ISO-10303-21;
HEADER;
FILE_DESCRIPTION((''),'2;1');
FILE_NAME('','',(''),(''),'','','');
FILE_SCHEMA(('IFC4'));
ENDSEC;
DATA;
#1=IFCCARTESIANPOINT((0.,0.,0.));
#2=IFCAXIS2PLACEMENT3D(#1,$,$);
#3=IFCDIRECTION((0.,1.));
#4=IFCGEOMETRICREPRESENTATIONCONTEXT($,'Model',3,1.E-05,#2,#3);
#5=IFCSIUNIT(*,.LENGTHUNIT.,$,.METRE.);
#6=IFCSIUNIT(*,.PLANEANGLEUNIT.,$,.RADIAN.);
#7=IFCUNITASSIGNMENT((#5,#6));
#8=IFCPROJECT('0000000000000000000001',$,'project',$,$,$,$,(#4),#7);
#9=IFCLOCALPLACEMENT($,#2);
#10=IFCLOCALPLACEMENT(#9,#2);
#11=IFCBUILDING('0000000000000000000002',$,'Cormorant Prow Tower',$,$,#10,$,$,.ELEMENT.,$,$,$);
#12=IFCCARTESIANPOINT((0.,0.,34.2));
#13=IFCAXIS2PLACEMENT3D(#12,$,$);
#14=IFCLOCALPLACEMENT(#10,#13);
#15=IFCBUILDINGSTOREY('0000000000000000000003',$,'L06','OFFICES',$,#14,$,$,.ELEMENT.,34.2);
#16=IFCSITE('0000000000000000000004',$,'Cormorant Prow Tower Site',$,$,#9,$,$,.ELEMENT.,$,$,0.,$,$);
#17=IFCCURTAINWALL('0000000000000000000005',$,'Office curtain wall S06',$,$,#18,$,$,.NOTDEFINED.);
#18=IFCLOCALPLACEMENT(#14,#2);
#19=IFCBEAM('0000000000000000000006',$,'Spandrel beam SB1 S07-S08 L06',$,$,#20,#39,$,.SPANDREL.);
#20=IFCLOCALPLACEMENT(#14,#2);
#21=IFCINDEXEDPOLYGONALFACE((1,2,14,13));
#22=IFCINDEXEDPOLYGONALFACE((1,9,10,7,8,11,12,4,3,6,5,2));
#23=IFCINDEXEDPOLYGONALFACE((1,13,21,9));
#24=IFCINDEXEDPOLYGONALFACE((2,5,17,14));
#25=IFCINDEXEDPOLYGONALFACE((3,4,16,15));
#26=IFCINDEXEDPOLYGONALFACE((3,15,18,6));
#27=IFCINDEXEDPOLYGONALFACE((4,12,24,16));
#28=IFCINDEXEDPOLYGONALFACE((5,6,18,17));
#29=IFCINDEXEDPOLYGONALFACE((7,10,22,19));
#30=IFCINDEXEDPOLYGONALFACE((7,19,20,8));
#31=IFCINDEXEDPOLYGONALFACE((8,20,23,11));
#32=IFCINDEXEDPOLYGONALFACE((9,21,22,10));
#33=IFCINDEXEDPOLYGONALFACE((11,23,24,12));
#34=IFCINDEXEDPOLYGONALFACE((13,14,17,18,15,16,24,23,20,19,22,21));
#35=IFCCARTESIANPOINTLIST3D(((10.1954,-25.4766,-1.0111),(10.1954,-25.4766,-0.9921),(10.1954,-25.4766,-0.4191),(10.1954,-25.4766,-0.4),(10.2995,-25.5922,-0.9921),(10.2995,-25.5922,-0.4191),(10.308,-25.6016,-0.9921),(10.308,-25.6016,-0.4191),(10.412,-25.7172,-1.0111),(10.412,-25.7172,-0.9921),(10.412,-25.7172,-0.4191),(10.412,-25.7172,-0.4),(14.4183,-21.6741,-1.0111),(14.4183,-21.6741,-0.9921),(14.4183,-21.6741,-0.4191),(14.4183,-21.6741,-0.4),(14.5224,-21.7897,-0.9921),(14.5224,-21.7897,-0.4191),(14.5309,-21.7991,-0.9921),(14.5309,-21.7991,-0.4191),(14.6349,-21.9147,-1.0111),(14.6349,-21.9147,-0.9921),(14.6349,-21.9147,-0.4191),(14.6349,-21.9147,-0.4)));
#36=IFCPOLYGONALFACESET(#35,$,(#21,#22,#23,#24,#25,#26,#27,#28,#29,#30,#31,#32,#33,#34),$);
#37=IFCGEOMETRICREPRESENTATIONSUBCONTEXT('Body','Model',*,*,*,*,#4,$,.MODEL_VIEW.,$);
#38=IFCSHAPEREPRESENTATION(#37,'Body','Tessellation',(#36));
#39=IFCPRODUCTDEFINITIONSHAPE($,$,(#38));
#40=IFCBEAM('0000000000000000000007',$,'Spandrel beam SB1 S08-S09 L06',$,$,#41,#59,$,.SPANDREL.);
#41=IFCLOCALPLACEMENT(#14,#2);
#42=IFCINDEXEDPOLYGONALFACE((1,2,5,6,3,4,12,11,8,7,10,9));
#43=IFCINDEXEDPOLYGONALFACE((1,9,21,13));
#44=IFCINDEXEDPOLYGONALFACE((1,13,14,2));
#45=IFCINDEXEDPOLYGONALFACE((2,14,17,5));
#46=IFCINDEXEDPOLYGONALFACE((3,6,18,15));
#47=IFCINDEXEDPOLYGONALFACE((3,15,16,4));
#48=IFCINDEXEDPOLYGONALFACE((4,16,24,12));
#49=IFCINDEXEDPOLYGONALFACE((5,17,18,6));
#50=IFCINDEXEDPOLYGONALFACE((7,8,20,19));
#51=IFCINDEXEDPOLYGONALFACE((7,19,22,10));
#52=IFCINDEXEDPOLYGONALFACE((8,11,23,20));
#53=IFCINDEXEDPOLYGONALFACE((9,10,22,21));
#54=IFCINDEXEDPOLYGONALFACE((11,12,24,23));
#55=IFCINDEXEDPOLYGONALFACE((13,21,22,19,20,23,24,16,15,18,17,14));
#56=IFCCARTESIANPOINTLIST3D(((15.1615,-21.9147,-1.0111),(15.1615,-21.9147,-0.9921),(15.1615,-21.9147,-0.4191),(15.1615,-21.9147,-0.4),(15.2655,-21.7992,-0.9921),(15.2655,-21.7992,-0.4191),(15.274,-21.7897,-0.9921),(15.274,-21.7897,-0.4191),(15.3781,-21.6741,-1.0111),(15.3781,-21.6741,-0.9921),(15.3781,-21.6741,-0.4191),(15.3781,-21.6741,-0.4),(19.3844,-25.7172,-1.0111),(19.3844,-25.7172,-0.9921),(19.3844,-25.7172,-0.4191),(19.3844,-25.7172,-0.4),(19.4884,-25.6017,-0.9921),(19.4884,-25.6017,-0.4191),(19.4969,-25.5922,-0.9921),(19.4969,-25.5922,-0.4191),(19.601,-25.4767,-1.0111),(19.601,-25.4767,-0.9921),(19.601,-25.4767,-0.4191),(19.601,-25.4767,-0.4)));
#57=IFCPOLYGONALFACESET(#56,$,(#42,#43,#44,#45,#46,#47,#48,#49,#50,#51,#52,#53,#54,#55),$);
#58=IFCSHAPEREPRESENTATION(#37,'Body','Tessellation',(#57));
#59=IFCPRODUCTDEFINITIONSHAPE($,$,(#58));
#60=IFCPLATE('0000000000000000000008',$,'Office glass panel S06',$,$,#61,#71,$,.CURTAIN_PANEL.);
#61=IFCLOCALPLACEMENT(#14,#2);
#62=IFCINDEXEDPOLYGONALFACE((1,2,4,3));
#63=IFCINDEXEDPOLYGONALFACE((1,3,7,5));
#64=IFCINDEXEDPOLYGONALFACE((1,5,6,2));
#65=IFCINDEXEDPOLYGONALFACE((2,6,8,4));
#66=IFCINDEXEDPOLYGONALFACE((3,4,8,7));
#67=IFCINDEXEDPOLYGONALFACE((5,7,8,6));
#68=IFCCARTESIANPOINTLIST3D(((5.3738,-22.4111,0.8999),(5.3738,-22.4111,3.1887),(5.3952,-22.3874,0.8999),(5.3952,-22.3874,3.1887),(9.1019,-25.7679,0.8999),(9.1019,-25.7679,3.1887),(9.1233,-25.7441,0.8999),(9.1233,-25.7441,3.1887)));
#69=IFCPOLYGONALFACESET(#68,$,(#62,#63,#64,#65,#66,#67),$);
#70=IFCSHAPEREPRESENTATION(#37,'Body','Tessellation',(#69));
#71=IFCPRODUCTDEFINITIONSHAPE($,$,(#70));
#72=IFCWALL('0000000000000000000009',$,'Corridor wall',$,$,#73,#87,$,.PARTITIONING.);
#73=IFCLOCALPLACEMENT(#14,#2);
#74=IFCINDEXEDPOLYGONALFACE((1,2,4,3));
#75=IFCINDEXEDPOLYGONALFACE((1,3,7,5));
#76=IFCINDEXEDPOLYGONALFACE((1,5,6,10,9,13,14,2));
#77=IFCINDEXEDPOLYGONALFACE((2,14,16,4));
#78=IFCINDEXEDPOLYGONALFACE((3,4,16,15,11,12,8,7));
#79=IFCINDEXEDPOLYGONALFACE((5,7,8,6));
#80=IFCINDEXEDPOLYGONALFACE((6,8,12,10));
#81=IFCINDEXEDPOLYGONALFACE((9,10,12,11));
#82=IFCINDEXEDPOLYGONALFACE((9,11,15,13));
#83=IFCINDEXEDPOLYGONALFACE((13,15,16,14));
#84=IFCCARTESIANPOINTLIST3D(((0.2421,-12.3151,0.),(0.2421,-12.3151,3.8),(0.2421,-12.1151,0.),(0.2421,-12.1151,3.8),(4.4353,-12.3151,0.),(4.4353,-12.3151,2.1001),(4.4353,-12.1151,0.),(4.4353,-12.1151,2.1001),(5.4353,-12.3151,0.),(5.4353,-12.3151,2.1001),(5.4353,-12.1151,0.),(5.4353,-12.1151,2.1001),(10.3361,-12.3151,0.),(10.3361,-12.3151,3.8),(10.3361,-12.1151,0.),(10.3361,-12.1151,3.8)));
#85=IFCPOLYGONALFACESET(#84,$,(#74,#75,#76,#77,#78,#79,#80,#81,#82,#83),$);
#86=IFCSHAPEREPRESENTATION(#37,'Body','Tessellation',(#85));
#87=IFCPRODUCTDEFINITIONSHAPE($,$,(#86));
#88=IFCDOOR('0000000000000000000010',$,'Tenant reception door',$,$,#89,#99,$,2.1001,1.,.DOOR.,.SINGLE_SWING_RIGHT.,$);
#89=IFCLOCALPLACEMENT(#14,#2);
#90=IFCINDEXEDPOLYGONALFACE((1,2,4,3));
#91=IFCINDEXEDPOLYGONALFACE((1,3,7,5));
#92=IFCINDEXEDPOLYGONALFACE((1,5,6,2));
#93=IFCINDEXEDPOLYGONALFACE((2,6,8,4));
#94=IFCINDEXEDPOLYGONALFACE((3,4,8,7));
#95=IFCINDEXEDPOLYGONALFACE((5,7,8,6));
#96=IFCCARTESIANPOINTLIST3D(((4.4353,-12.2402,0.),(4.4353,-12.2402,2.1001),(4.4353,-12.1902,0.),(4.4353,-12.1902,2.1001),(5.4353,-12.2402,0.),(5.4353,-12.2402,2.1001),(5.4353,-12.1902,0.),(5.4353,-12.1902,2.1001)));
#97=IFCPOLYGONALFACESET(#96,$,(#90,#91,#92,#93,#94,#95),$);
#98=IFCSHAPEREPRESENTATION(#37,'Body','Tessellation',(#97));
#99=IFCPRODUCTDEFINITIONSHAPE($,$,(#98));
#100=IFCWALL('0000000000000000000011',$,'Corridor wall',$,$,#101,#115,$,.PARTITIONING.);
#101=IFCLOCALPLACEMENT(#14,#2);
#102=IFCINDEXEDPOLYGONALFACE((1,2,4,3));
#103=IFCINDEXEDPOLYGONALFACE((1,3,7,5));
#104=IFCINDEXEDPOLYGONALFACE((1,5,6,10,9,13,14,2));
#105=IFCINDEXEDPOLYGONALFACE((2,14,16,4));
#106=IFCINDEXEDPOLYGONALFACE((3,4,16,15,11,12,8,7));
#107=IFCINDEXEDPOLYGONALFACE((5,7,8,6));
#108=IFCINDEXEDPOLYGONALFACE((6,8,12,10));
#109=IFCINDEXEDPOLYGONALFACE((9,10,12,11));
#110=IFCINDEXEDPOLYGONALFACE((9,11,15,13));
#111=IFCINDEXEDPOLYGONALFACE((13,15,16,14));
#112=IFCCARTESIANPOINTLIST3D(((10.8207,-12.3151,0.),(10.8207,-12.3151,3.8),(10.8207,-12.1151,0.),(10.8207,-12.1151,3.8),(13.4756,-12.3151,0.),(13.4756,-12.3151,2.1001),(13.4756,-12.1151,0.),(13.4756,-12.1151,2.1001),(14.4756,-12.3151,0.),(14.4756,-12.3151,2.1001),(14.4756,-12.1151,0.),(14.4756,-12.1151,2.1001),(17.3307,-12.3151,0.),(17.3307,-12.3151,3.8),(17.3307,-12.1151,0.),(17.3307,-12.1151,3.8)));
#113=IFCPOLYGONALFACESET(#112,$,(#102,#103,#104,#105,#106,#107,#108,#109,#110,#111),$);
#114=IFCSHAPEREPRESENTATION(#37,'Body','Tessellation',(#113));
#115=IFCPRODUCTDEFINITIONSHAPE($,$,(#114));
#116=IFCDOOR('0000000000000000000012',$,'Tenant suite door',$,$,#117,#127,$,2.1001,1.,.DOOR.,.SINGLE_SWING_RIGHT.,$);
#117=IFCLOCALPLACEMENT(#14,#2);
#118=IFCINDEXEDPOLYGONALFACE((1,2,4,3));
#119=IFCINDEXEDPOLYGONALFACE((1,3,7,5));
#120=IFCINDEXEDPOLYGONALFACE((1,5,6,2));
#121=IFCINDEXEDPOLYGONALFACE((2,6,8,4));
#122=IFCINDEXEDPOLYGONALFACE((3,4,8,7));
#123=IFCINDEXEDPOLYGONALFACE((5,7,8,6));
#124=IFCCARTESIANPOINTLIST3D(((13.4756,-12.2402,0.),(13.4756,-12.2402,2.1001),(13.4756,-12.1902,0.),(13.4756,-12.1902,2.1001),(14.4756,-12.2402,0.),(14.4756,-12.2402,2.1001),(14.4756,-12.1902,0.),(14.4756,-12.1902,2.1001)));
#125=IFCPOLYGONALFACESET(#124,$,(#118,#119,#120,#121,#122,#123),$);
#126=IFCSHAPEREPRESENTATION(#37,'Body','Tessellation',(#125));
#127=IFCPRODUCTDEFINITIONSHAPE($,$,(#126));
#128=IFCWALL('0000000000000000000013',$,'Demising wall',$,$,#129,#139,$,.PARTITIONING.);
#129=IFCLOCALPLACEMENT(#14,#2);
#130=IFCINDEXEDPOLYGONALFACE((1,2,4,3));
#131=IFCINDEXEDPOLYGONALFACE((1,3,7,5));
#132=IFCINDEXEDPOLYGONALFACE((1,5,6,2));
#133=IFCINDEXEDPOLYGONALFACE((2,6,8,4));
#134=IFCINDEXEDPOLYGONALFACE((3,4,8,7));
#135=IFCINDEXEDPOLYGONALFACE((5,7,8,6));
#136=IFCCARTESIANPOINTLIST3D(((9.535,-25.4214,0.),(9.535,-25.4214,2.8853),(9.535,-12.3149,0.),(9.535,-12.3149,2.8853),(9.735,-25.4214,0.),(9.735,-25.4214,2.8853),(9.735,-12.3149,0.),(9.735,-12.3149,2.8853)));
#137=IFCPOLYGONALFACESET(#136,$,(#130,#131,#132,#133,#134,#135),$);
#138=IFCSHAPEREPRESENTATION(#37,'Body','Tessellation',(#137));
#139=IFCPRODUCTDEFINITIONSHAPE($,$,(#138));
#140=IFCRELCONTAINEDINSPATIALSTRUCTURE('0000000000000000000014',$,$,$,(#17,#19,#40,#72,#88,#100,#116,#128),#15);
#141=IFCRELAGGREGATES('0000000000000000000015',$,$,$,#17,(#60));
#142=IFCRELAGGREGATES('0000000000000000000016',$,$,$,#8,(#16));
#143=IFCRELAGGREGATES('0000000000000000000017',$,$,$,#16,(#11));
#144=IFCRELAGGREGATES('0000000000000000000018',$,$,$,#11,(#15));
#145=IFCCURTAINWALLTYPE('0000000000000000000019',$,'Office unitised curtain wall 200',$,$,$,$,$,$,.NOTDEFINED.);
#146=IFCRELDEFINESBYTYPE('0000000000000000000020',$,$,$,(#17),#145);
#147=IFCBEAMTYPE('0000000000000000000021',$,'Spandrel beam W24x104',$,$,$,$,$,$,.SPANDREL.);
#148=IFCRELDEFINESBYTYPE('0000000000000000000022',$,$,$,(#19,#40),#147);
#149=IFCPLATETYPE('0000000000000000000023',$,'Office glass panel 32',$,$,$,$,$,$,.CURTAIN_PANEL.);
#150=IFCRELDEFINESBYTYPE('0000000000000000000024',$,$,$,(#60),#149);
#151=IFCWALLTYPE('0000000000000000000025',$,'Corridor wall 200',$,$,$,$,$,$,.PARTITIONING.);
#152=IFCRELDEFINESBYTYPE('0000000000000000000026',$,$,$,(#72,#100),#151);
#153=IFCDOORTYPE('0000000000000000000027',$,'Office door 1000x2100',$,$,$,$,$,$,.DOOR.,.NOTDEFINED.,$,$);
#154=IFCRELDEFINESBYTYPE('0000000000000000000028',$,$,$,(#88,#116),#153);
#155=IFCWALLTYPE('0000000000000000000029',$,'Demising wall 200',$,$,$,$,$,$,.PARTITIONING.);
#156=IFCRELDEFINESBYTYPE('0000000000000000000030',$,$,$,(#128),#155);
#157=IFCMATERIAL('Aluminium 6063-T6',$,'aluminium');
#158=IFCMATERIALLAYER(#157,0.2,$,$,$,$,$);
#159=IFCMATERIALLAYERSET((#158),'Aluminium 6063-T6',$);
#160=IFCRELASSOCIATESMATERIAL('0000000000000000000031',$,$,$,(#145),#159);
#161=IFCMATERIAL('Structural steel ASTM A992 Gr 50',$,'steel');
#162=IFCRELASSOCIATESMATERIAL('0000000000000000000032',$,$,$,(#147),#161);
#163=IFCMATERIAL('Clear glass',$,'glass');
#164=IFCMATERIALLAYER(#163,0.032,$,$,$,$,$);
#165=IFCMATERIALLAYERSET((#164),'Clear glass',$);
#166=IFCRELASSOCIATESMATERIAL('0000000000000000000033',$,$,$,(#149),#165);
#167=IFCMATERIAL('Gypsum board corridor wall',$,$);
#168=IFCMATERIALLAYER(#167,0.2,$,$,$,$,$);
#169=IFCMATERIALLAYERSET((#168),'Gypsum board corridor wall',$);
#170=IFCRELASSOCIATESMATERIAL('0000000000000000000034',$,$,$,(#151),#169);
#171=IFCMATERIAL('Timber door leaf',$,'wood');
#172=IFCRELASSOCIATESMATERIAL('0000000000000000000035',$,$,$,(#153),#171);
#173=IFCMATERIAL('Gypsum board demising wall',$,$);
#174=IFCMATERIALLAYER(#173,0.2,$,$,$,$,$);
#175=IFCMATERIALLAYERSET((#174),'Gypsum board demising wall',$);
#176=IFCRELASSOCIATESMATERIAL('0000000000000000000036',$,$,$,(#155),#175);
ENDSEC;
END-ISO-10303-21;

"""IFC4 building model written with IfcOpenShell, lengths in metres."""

from ifc_helpers import new_model, si_unit, direction, frame, frame_2d, origin, origin_2d, place, context, subcontext, project, spatial, rectangle, i_section, extrude, material, layer, layer_set, material_profile, profile_set, type_object, element, fill, aggregate, save


model = new_model("IFC4")

# Units and contexts
model_context = context("Model", 3, precision=1e-05, world=origin(), true_north=direction((0.0, 1.0)))
body_context = subcontext(model_context, "Body", "Model", "MODEL_VIEW")
ifc_project = project(units=[si_unit("LENGTHUNIT", "METRE"), si_unit("PLANEANGLEUNIT", "RADIAN")], contexts=[model_context])

# Site, building, storey
site_placement = place(None, origin())
site = spatial("IfcSite", under=ifc_project, at=site_placement, Name="Cormorant Prow Tower Site", CompositionType="ELEMENT", RefElevation=0.0)
building_placement = place(site_placement, origin())
building = spatial("IfcBuilding", under=site, at=building_placement, Name="Cormorant Prow Tower", CompositionType="ELEMENT")
storey_placement = place(building_placement, frame((0.0, 0.0, 34.2)))
storey = spatial("IfcBuildingStorey", under=building, at=storey_placement, Name="L06", Description="OFFICES", CompositionType="ELEMENT", Elevation=34.2)

# Curtain wall
ifc_material_1 = material(Name="Aluminium 6063-T6", Category="aluminium")
ifc_layer_1 = layer(ifc_material_1, 0.2)
ifc_layer_set_1 = layer_set([ifc_layer_1], Name="Aluminium 6063-T6")
curtain_wall_type = type_object("IfcCurtainWallType", Name="Office unitised curtain wall 200", PredefinedType="NOTDEFINED", material=ifc_layer_set_1)
curtain_wall_1_placement = place(storey_placement, origin())
curtain_wall_1 = element("IfcCurtainWall", 1, at=curtain_wall_1_placement, inside=storey, type_object=curtain_wall_type, Name="Office curtain wall S06", PredefinedType="NOTDEFINED")

# Beams
ifc_material_2 = material(Name="Structural steel ASTM A992 Gr 50", Category="steel")
ifc_material_profile_1 = material_profile(ifc_material_2, i_section(OverallWidth=0.3237, OverallDepth=0.6111, WebThickness=0.0127, FlangeThickness=0.019, at=origin_2d()), Name="W24x104")
ifc_profile_set_1 = profile_set([ifc_material_profile_1], Name="Structural steel ASTM A992 Gr 50")
beam_type_1 = type_object("IfcBeamType", Name="Spandrel beam W24x104", PredefinedType="SPANDREL", material=ifc_profile_set_1)
for number, where, z_axis, x_axis, name in (
    (2, (10.3037, -25.5969, -0.7056), (0.74313, 0.669147, 0.0), (-0.669147, 0.74313, 0.0), "Spandrel beam SB1 S07-S08 L06"),
    (3, (15.2698, -21.7944, -0.7056), (0.74313, -0.669147, 0.0), (0.669147, 0.74313, 0.0), "Spandrel beam SB1 S08-S09 L06"),
):
    element("IfcBeam", number, at=place(storey_placement, frame(where, z_axis=z_axis, x_axis=x_axis)), inside=storey, type_object=beam_type_1, Name=name, PredefinedType="SPANDREL", context=body_context, shape_type="SweptSolid", body=[
        extrude(i_section(OverallWidth=0.3237, OverallDepth=0.6111, WebThickness=0.0127, FlangeThickness=0.019, at=origin_2d()), origin(), (0.0, 0.0, 1.0), 5.6826),
    ])

# Plate
ifc_material_3 = material(Name="Clear glass", Category="glass")
ifc_layer_2 = layer(ifc_material_3, 0.032)
ifc_layer_set_2 = layer_set([ifc_layer_2], Name="Clear glass")
plate_type = type_object("IfcPlateType", Name="Office glass panel 32", PredefinedType="CURTAIN_PANEL", material=ifc_layer_set_2)
plate_placement = place(storey_placement, frame((7.2485, -24.0776, 0.8999), z_axis=(0.0, 0.0, 1.0), x_axis=(0.743145, -0.669131, 0.0)))
plate = element("IfcPlate", 4, at=plate_placement, type_object=plate_type, Name="Office glass panel S06", PredefinedType="CURTAIN_PANEL", context=body_context, shape_type="SweptSolid", body=[
    extrude(rectangle(XDim=5.0166, YDim=0.032, at=origin_2d()), origin(), (0.0, 0.0, 1.0), 2.2888),
])
aggregate(curtain_wall_1, [plate])

# Walls, openings, doors
ifc_material_4 = material(Name="Gypsum board corridor wall")
ifc_layer_3 = layer(ifc_material_4, 0.2)
ifc_layer_set_3 = layer_set([ifc_layer_3], Name="Gypsum board corridor wall")
wall_type_1 = type_object("IfcWallType", Name="Corridor wall 200", PredefinedType="PARTITIONING", material=ifc_layer_set_3)
wall_1_placement = place(storey_placement, frame((0.2422, -12.2151, 0.0), z_axis=(0.0, 0.0, 1.0), x_axis=(1.0, 0.0, 0.0)))
wall_1 = element("IfcWall", 5, at=wall_1_placement, inside=storey, type_object=wall_type_1, Name="Corridor wall", PredefinedType="PARTITIONING", context=body_context, shape_type="SweptSolid", body=[
    extrude(rectangle(XDim=10.094, YDim=0.2, at=frame_2d((5.0469, 0.0))), origin(), (0.0, 0.0, 1.0), 3.8),
])
opening_1_placement = place(wall_1_placement, frame((4.1931, 0.0, 0.0)))
opening_1 = element("IfcOpeningElement", 6, at=opening_1_placement, cuts=wall_1, PredefinedType="OPENING", context=body_context, shape_type="SweptSolid", body=[
    extrude(rectangle(XDim=1.0, YDim=2.1001, at=frame_2d((0.5, 1.05))), frame((0.0, 0.1099, 0.0), z_axis=(0.0, -1.0, 0.0), x_axis=(1.0, 0.0, 0.0)), (0.0, 0.0, 1.0), 0.22),
])
ifc_material_5 = material(Name="Timber door leaf", Category="wood")
door_type_1 = type_object("IfcDoorType", Name="Office door 1000x2100", OperationType="NOTDEFINED", PredefinedType="DOOR", material=ifc_material_5)
door_1_placement = place(opening_1_placement, origin())
door_1 = element("IfcDoor", 7, at=door_1_placement, inside=storey, type_object=door_type_1, Name="Tenant reception door", OperationType="SINGLE_SWING_RIGHT", OverallHeight=2.1001, OverallWidth=1.0, PredefinedType="DOOR", context=body_context, shape_type="SweptSolid", body=[
    extrude(rectangle(XDim=1.0, YDim=2.1001, at=frame_2d((0.5, 1.05))), frame((0.0, 0.0249, 0.0), z_axis=(0.0, -1.0, 0.0), x_axis=(1.0, 0.0, 0.0)), (0.0, 0.0, 1.0), 0.05),
])
fill(opening_1, door_1)
wall_2_placement = place(storey_placement, frame((10.8208, -12.2151, 0.0), z_axis=(0.0, 0.0, 1.0), x_axis=(1.0, 0.0, 0.0)))
wall_2 = element("IfcWall", 8, at=wall_2_placement, inside=storey, type_object=wall_type_1, Name="Corridor wall", PredefinedType="PARTITIONING", context=body_context, shape_type="SweptSolid", body=[
    extrude(rectangle(XDim=6.51, YDim=0.2, at=frame_2d((3.2549, 0.0))), origin(), (0.0, 0.0, 1.0), 3.8),
])
opening_2_placement = place(wall_2_placement, frame((2.6548, 0.0, 0.0)))
opening_2 = element("IfcOpeningElement", 9, at=opening_2_placement, cuts=wall_2, PredefinedType="OPENING", context=body_context, shape_type="SweptSolid", body=[
    extrude(rectangle(XDim=1.0, YDim=2.1001, at=frame_2d((0.5, 1.05))), frame((0.0, 0.1099, 0.0), z_axis=(0.0, -1.0, 0.0), x_axis=(1.0, 0.0, 0.0)), (0.0, 0.0, 1.0), 0.22),
])
door_2_placement = place(opening_2_placement, origin())
door_2 = element("IfcDoor", 10, at=door_2_placement, inside=storey, type_object=door_type_1, Name="Tenant suite door", OperationType="SINGLE_SWING_RIGHT", OverallHeight=2.1001, OverallWidth=1.0, PredefinedType="DOOR", context=body_context, shape_type="SweptSolid", body=[
    extrude(rectangle(XDim=1.0, YDim=2.1001, at=frame_2d((0.5, 1.05))), frame((0.0, 0.0249, 0.0), z_axis=(0.0, -1.0, 0.0), x_axis=(1.0, 0.0, 0.0)), (0.0, 0.0, 1.0), 0.05),
])
fill(opening_2, door_2)

# Wall
ifc_material_6 = material(Name="Gypsum board demising wall")
ifc_layer_4 = layer(ifc_material_6, 0.2)
ifc_layer_set_4 = layer_set([ifc_layer_4], Name="Gypsum board demising wall")
wall_type_2 = type_object("IfcWallType", Name="Demising wall 200", PredefinedType="PARTITIONING", material=ifc_layer_set_4)
wall_3_placement = place(storey_placement, frame((9.635, -25.4214, 0.0), z_axis=(0.0, 0.0, 1.0), x_axis=(0.0, 1.0, 0.0)))
element("IfcWall", 11, at=wall_3_placement, inside=storey, type_object=wall_type_2, Name="Demising wall", PredefinedType="PARTITIONING", context=body_context, shape_type="SweptSolid", body=[
    extrude(rectangle(XDim=13.1064, YDim=0.2, at=frame_2d((6.5532, 0.0))), origin(), (0.0, 0.0, 1.0), 2.8853),
])

save(model, "model.ifc")
